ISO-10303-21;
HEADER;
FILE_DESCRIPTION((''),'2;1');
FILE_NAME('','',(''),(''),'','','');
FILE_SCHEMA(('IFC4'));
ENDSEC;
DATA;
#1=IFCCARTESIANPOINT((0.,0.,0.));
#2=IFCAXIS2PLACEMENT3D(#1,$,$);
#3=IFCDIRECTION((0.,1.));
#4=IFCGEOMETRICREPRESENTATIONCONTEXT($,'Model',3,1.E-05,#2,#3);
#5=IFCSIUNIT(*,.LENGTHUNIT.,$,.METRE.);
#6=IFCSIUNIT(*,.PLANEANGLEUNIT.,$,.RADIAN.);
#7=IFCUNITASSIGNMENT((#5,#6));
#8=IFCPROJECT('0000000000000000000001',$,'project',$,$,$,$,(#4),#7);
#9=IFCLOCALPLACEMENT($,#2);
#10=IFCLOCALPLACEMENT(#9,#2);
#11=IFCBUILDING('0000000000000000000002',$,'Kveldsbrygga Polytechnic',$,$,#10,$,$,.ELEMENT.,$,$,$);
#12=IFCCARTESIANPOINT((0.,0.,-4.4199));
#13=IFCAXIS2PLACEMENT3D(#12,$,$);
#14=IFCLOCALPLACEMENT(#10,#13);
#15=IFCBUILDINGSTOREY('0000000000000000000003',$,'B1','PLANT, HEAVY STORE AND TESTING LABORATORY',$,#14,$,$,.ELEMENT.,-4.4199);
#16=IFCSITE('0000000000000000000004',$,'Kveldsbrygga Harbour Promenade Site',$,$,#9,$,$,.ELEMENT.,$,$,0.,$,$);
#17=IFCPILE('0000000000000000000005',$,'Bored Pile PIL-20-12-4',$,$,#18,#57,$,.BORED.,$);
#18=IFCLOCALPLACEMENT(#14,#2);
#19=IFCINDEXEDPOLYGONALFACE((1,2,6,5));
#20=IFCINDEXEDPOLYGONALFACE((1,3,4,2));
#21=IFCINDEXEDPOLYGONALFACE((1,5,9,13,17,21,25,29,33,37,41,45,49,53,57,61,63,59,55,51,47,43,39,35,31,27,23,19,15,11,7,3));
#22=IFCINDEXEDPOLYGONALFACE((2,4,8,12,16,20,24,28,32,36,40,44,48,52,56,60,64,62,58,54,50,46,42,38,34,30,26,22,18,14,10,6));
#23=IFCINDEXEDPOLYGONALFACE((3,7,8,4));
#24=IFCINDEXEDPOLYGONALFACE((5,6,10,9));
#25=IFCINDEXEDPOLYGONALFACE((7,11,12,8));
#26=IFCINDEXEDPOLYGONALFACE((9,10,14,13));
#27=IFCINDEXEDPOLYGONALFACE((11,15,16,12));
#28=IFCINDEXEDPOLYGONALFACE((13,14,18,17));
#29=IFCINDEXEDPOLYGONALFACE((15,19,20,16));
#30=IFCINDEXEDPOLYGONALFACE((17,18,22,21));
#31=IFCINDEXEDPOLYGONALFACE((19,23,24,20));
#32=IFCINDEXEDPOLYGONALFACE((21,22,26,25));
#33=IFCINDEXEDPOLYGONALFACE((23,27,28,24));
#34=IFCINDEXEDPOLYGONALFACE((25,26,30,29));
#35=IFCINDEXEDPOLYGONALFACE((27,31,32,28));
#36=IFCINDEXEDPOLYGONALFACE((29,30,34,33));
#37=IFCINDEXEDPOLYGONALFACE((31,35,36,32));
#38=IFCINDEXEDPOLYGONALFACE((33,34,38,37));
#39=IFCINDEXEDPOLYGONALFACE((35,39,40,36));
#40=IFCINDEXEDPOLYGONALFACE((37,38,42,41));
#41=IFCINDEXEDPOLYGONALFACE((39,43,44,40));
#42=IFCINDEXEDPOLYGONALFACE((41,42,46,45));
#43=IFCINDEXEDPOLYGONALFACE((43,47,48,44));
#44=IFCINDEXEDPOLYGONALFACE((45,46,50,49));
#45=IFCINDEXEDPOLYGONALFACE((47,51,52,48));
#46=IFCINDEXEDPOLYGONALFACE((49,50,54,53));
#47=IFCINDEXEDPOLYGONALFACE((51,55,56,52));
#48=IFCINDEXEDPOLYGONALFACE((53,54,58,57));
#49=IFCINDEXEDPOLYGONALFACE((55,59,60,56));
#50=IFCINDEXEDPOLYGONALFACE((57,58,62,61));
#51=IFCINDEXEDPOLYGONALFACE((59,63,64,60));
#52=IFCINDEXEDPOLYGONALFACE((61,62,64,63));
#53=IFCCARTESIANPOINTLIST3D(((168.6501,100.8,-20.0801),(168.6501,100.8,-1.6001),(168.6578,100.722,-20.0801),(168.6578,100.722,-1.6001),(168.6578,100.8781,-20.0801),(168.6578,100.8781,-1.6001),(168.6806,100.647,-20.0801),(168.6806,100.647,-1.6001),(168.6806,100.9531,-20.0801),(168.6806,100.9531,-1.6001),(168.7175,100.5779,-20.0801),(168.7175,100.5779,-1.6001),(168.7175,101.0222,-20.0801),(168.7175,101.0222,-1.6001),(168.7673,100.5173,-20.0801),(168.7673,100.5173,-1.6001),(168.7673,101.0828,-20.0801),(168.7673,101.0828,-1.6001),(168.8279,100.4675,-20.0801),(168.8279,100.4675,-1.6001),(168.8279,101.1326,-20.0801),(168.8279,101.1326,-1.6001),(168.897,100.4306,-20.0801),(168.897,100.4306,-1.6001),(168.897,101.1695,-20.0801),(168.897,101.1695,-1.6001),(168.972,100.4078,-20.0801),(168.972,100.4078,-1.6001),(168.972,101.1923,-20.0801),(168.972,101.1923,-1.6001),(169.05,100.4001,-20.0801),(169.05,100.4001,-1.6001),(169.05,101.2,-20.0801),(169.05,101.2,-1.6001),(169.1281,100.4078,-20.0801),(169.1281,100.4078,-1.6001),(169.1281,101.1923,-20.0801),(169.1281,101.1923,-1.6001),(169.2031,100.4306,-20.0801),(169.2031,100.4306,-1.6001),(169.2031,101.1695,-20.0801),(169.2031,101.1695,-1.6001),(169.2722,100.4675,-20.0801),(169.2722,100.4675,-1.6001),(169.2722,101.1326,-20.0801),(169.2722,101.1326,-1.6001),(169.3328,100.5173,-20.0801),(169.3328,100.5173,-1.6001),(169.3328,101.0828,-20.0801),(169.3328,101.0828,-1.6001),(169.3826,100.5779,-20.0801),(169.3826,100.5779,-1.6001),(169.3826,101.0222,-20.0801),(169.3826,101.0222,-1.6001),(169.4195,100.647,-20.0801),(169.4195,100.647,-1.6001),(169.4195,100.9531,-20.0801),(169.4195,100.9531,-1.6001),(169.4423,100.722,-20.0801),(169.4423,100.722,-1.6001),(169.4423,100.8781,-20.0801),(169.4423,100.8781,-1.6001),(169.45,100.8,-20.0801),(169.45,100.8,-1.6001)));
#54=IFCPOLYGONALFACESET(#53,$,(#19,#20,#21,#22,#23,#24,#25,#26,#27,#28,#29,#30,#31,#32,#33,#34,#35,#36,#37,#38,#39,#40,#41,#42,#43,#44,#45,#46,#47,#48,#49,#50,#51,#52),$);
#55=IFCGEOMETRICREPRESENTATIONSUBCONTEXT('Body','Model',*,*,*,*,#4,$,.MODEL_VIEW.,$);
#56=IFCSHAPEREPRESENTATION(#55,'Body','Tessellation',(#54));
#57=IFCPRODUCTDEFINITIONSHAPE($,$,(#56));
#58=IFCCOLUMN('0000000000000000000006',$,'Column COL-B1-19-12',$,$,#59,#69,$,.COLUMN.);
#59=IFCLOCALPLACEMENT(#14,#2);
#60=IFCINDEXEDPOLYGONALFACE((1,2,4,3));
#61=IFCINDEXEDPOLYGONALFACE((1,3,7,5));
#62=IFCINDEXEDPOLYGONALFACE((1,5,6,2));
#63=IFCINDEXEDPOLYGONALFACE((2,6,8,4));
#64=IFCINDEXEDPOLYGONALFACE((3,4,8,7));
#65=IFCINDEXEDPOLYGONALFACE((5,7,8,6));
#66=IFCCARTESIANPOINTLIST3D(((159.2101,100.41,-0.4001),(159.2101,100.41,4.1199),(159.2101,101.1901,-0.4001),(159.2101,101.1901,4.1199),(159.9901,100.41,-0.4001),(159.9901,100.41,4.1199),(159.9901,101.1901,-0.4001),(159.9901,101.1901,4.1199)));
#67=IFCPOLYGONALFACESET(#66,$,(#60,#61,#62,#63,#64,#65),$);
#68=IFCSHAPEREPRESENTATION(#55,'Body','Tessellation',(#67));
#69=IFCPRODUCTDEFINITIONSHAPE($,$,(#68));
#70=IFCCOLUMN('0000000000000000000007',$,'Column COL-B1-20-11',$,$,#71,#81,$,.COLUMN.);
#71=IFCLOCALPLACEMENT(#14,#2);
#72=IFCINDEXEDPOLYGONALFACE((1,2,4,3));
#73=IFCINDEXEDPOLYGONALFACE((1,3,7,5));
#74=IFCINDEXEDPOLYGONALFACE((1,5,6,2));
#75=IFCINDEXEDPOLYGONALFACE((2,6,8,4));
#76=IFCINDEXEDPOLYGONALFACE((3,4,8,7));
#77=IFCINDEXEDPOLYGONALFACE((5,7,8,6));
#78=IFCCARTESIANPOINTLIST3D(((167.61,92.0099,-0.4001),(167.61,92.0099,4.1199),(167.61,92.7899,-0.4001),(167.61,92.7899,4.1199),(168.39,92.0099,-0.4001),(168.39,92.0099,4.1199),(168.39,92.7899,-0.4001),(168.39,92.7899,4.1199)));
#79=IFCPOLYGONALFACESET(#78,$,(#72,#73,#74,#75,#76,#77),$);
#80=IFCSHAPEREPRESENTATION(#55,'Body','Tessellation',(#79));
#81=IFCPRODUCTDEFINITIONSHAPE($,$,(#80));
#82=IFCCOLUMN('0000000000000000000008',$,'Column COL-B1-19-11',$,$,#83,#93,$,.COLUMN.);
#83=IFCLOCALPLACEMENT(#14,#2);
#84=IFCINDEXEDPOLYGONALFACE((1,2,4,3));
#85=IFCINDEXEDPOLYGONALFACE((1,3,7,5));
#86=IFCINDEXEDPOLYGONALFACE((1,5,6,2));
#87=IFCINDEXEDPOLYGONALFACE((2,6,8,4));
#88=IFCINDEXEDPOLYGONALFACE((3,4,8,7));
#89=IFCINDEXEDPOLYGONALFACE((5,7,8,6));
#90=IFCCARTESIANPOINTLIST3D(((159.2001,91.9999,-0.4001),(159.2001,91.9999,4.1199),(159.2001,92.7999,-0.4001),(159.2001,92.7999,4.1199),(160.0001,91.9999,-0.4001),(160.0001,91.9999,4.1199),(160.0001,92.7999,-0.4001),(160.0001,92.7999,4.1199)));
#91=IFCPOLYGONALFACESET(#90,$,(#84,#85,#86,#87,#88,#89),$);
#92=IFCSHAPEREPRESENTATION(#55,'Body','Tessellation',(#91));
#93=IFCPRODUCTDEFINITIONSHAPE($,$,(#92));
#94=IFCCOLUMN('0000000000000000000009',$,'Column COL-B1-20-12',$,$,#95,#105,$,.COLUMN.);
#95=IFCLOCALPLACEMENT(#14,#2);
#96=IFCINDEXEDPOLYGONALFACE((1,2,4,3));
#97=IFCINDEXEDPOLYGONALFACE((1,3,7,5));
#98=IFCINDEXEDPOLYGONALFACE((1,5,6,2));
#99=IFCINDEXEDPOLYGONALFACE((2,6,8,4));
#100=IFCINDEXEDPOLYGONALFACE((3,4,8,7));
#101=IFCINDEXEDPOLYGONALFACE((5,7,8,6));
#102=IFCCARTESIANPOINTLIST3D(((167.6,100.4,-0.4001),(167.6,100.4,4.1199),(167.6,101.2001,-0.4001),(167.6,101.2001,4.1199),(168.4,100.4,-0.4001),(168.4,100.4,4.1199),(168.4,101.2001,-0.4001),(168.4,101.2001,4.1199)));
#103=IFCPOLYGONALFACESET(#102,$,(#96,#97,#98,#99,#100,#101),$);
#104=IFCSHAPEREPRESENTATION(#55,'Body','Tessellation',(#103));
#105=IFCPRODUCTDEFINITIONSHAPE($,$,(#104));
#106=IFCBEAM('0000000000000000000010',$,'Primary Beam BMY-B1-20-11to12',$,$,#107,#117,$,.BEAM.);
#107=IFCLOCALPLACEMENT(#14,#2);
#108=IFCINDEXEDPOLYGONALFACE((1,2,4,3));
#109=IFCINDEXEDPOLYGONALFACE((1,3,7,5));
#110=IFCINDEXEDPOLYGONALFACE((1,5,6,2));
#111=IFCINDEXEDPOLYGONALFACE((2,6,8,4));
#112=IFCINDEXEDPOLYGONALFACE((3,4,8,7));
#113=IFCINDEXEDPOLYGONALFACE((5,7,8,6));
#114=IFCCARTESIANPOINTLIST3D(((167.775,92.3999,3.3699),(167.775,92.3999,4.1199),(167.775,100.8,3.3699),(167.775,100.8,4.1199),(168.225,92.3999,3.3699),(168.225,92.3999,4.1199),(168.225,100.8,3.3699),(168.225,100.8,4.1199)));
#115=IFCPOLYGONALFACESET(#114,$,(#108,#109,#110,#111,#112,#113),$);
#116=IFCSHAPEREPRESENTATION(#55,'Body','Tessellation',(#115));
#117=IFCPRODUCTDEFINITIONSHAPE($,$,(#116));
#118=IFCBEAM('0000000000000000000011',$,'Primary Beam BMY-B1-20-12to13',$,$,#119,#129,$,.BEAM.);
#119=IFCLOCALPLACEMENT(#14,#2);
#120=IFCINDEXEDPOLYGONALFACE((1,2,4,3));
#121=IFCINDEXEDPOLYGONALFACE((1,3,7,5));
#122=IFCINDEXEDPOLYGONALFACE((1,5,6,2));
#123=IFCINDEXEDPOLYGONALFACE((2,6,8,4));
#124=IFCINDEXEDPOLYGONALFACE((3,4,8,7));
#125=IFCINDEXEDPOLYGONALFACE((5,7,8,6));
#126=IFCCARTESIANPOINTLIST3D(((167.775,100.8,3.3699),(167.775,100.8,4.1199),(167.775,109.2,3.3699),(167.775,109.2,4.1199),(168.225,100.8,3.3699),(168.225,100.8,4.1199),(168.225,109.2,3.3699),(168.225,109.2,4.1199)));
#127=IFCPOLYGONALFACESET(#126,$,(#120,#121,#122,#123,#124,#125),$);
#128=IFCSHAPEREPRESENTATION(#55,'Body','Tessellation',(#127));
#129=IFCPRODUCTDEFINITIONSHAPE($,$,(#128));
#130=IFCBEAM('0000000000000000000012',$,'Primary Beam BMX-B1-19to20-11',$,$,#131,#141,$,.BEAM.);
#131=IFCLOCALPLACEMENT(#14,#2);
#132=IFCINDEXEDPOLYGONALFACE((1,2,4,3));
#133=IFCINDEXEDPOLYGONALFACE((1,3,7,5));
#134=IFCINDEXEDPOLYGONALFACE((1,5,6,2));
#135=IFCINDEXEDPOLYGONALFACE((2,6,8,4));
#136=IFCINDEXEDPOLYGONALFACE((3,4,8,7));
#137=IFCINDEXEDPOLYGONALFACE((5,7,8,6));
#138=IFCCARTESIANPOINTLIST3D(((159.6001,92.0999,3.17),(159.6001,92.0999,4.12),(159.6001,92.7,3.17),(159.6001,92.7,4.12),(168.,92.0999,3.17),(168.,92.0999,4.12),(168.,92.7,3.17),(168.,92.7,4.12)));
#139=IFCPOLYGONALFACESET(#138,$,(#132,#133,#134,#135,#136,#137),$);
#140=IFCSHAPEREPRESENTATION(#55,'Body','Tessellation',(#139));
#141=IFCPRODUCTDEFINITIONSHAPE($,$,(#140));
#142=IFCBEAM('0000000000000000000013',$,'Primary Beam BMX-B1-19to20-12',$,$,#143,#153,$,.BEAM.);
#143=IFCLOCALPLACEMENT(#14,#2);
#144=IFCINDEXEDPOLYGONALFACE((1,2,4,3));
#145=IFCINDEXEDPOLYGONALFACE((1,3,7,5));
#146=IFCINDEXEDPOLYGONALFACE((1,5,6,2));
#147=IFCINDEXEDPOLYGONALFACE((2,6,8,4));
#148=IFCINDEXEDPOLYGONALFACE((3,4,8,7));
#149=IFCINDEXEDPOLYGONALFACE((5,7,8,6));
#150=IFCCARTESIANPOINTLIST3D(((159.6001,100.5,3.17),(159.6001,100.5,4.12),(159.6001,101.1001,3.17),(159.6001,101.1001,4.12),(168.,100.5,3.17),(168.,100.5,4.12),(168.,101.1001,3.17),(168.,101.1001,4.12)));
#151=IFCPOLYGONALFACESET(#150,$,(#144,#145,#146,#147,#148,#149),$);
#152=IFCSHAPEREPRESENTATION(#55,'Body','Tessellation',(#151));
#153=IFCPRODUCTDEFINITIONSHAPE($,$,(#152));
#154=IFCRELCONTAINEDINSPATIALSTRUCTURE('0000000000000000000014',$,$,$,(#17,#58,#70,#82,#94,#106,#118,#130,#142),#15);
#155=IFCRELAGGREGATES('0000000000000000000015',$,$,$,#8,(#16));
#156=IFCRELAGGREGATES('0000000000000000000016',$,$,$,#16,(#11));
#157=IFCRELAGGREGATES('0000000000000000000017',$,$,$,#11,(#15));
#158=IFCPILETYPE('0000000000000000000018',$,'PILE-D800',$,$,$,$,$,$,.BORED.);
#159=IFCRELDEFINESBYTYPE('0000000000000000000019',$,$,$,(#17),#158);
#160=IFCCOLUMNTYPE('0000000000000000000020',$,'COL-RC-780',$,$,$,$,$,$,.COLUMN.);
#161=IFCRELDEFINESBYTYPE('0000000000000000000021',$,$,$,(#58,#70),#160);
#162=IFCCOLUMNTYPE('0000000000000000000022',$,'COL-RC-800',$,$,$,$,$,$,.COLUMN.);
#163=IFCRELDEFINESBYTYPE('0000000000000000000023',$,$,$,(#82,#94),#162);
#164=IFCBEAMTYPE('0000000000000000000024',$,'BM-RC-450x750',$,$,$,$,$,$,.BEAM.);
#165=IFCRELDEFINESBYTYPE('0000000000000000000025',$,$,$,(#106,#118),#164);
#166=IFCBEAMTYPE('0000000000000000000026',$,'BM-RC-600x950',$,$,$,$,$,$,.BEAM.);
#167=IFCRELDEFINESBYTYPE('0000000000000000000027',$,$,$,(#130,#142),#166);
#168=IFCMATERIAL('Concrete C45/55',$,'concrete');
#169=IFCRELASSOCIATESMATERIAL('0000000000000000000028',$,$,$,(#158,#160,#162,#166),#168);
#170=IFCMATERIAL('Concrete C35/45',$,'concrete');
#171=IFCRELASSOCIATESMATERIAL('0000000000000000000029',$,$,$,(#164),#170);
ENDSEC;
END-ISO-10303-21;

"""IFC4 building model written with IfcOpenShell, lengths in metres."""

from ifc_helpers import new_model, si_unit, direction, frame, origin, origin_2d, place, context, subcontext, project, spatial, rectangle, circle, extrude, material, material_profile, profile_set, type_object, element, save


model = new_model("IFC4")

# Units and contexts
model_context = context("Model", 3, precision=1e-05, world=origin(), true_north=direction((0.0, 1.0)))
body_context = subcontext(model_context, "Body", "Model", "MODEL_VIEW")
ifc_project = project(units=[si_unit("LENGTHUNIT", "METRE"), si_unit("PLANEANGLEUNIT", "RADIAN")], contexts=[model_context])

# Site, building, storey
site_placement = place(None, origin())
site = spatial("IfcSite", under=ifc_project, at=site_placement, Name="Kveldsbrygga Harbour Promenade Site", CompositionType="ELEMENT", RefElevation=0.0)
building_placement = place(site_placement, origin())
building = spatial("IfcBuilding", under=site, at=building_placement, Name="Kveldsbrygga Polytechnic", CompositionType="ELEMENT")
storey_placement = place(building_placement, frame((0.0, 0.0, -4.4199)))
storey = spatial("IfcBuildingStorey", under=building, at=storey_placement, Name="B1", Description="PLANT, HEAVY STORE AND TESTING LABORATORY", CompositionType="ELEMENT", Elevation=-4.4199)

# Shared definitions
ifc_material_1 = material(Name="Concrete C45/55", Category="concrete")

# Pile
ifc_material_profile_1 = material_profile(ifc_material_1, circle(Radius=0.3999, at=origin_2d()), Name="PILE D800")
ifc_profile_set_1 = profile_set([ifc_material_profile_1], Name="Concrete C45/55")
pile_type = type_object("IfcPileType", Name="PILE-D800", PredefinedType="BORED", material=ifc_profile_set_1)
for number, where, z_axis, x_axis, name in (
    (1, (169.05, 100.8, -1.6001), (0.0, 0.0, -1.0), (1.0, 0.0, 0.0), "Bored Pile PIL-20-12-4"),
):
    element("IfcPile", number, at=place(storey_placement, frame(where, z_axis=z_axis, x_axis=x_axis)), inside=storey, type_object=pile_type, Name=name, PredefinedType="BORED", context=body_context, shape_type="SweptSolid", body=[
        extrude(circle(Radius=0.3999, at=origin_2d()), origin(), (0.0, 0.0, 1.0), 18.48),
    ])

# Columns
ifc_material_profile_2 = material_profile(ifc_material_1, rectangle(XDim=0.78, YDim=0.78, at=origin_2d()), Name="RC 780x780")
ifc_profile_set_2 = profile_set([ifc_material_profile_2], Name="Concrete C45/55")
column_type_1 = type_object("IfcColumnType", Name="COL-RC-780", PredefinedType="COLUMN", material=ifc_profile_set_2)
for number, where, z_axis, x_axis, name in (
    (2, (159.6001, 100.8, -0.4001), (0.0, 0.0, 1.0), (1.0, 0.0, 0.0), "Column COL-B1-19-12"),
    (3, (168.0, 92.3999, -0.4001), (0.0, 0.0, 1.0), (1.0, 0.0, 0.0), "Column COL-B1-20-11"),
):
    element("IfcColumn", number, at=place(storey_placement, frame(where, z_axis=z_axis, x_axis=x_axis)), inside=storey, type_object=column_type_1, Name=name, PredefinedType="COLUMN", context=body_context, shape_type="SweptSolid", body=[
        extrude(rectangle(XDim=0.78, YDim=0.78, at=origin_2d()), origin(), (0.0, 0.0, 1.0), 4.52),
    ])
ifc_material_profile_3 = material_profile(ifc_material_1, rectangle(XDim=0.8, YDim=0.8, at=origin_2d()), Name="RC 800x800")
ifc_profile_set_3 = profile_set([ifc_material_profile_3], Name="Concrete C45/55")
column_type_2 = type_object("IfcColumnType", Name="COL-RC-800", PredefinedType="COLUMN", material=ifc_profile_set_3)
for number, where, z_axis, x_axis, name in (
    (4, (159.6001, 92.3999, -0.4001), (0.0, 0.0, 1.0), (1.0, 0.0, 0.0), "Column COL-B1-19-11"),
    (5, (168.0, 100.8, -0.4001), (0.0, 0.0, 1.0), (1.0, 0.0, 0.0), "Column COL-B1-20-12"),
):
    element("IfcColumn", number, at=place(storey_placement, frame(where, z_axis=z_axis, x_axis=x_axis)), inside=storey, type_object=column_type_2, Name=name, PredefinedType="COLUMN", context=body_context, shape_type="SweptSolid", body=[
        extrude(rectangle(XDim=0.8, YDim=0.8, at=origin_2d()), origin(), (0.0, 0.0, 1.0), 4.52),
    ])

# Beams
ifc_material_2 = material(Name="Concrete C35/45", Category="concrete")
ifc_material_profile_4 = material_profile(ifc_material_2, rectangle(XDim=0.45, YDim=0.75, at=origin_2d()), Name="RC 450x750")
ifc_profile_set_4 = profile_set([ifc_material_profile_4], Name="Concrete C35/45")
beam_type_1 = type_object("IfcBeamType", Name="BM-RC-450x750", PredefinedType="BEAM", material=ifc_profile_set_4)
beam_1_placement = place(storey_placement, frame((168.0, 92.3999, 3.7449), z_axis=(0.0, 1.0, 0.0), x_axis=(-1.0, 0.0, 0.0)))
element("IfcBeam", 6, at=beam_1_placement, inside=storey, type_object=beam_type_1, Name="Primary Beam BMY-B1-20-11to12", PredefinedType="BEAM", context=body_context, shape_type="SweptSolid", body=[
    extrude(rectangle(XDim=0.45, YDim=0.75, at=origin_2d()), origin(), (0.0, 0.0, 1.0), 8.4001),
])
beam_2_placement = place(storey_placement, frame((168.0, 100.8, 3.7449), z_axis=(0.0, 1.0, 0.0), x_axis=(-1.0, 0.0, 0.0)))
element("IfcBeam", 7, at=beam_2_placement, inside=storey, type_object=beam_type_1, Name="Primary Beam BMY-B1-20-12to13", PredefinedType="BEAM", context=body_context, shape_type="SweptSolid", body=[
    extrude(rectangle(XDim=0.45, YDim=0.75, at=origin_2d()), origin(), (0.0, 0.0, 1.0), 8.3999),
])
ifc_material_profile_5 = material_profile(ifc_material_1, rectangle(XDim=0.6001, YDim=0.95, at=origin_2d()), Name="RC 600x950")
ifc_profile_set_5 = profile_set([ifc_material_profile_5], Name="Concrete C45/55")
beam_type_2 = type_object("IfcBeamType", Name="BM-RC-600x950", PredefinedType="BEAM", material=ifc_profile_set_5)
for number, where, z_axis, x_axis, name in (
    (8, (159.6001, 92.3999, 3.645), (1.0, 0.0, 0.0), (0.0, 1.0, 0.0), "Primary Beam BMX-B1-19to20-11"),
    (9, (159.6001, 100.8, 3.645), (1.0, 0.0, 0.0), (0.0, 1.0, 0.0), "Primary Beam BMX-B1-19to20-12"),
):
    element("IfcBeam", number, at=place(storey_placement, frame(where, z_axis=z_axis, x_axis=x_axis)), inside=storey, type_object=beam_type_2, Name=name, PredefinedType="BEAM", context=body_context, shape_type="SweptSolid", body=[
        extrude(rectangle(XDim=0.6001, YDim=0.95, at=origin_2d()), origin(), (0.0, 0.0, 1.0), 8.3999),
    ])

save(model, "model.ifc")
